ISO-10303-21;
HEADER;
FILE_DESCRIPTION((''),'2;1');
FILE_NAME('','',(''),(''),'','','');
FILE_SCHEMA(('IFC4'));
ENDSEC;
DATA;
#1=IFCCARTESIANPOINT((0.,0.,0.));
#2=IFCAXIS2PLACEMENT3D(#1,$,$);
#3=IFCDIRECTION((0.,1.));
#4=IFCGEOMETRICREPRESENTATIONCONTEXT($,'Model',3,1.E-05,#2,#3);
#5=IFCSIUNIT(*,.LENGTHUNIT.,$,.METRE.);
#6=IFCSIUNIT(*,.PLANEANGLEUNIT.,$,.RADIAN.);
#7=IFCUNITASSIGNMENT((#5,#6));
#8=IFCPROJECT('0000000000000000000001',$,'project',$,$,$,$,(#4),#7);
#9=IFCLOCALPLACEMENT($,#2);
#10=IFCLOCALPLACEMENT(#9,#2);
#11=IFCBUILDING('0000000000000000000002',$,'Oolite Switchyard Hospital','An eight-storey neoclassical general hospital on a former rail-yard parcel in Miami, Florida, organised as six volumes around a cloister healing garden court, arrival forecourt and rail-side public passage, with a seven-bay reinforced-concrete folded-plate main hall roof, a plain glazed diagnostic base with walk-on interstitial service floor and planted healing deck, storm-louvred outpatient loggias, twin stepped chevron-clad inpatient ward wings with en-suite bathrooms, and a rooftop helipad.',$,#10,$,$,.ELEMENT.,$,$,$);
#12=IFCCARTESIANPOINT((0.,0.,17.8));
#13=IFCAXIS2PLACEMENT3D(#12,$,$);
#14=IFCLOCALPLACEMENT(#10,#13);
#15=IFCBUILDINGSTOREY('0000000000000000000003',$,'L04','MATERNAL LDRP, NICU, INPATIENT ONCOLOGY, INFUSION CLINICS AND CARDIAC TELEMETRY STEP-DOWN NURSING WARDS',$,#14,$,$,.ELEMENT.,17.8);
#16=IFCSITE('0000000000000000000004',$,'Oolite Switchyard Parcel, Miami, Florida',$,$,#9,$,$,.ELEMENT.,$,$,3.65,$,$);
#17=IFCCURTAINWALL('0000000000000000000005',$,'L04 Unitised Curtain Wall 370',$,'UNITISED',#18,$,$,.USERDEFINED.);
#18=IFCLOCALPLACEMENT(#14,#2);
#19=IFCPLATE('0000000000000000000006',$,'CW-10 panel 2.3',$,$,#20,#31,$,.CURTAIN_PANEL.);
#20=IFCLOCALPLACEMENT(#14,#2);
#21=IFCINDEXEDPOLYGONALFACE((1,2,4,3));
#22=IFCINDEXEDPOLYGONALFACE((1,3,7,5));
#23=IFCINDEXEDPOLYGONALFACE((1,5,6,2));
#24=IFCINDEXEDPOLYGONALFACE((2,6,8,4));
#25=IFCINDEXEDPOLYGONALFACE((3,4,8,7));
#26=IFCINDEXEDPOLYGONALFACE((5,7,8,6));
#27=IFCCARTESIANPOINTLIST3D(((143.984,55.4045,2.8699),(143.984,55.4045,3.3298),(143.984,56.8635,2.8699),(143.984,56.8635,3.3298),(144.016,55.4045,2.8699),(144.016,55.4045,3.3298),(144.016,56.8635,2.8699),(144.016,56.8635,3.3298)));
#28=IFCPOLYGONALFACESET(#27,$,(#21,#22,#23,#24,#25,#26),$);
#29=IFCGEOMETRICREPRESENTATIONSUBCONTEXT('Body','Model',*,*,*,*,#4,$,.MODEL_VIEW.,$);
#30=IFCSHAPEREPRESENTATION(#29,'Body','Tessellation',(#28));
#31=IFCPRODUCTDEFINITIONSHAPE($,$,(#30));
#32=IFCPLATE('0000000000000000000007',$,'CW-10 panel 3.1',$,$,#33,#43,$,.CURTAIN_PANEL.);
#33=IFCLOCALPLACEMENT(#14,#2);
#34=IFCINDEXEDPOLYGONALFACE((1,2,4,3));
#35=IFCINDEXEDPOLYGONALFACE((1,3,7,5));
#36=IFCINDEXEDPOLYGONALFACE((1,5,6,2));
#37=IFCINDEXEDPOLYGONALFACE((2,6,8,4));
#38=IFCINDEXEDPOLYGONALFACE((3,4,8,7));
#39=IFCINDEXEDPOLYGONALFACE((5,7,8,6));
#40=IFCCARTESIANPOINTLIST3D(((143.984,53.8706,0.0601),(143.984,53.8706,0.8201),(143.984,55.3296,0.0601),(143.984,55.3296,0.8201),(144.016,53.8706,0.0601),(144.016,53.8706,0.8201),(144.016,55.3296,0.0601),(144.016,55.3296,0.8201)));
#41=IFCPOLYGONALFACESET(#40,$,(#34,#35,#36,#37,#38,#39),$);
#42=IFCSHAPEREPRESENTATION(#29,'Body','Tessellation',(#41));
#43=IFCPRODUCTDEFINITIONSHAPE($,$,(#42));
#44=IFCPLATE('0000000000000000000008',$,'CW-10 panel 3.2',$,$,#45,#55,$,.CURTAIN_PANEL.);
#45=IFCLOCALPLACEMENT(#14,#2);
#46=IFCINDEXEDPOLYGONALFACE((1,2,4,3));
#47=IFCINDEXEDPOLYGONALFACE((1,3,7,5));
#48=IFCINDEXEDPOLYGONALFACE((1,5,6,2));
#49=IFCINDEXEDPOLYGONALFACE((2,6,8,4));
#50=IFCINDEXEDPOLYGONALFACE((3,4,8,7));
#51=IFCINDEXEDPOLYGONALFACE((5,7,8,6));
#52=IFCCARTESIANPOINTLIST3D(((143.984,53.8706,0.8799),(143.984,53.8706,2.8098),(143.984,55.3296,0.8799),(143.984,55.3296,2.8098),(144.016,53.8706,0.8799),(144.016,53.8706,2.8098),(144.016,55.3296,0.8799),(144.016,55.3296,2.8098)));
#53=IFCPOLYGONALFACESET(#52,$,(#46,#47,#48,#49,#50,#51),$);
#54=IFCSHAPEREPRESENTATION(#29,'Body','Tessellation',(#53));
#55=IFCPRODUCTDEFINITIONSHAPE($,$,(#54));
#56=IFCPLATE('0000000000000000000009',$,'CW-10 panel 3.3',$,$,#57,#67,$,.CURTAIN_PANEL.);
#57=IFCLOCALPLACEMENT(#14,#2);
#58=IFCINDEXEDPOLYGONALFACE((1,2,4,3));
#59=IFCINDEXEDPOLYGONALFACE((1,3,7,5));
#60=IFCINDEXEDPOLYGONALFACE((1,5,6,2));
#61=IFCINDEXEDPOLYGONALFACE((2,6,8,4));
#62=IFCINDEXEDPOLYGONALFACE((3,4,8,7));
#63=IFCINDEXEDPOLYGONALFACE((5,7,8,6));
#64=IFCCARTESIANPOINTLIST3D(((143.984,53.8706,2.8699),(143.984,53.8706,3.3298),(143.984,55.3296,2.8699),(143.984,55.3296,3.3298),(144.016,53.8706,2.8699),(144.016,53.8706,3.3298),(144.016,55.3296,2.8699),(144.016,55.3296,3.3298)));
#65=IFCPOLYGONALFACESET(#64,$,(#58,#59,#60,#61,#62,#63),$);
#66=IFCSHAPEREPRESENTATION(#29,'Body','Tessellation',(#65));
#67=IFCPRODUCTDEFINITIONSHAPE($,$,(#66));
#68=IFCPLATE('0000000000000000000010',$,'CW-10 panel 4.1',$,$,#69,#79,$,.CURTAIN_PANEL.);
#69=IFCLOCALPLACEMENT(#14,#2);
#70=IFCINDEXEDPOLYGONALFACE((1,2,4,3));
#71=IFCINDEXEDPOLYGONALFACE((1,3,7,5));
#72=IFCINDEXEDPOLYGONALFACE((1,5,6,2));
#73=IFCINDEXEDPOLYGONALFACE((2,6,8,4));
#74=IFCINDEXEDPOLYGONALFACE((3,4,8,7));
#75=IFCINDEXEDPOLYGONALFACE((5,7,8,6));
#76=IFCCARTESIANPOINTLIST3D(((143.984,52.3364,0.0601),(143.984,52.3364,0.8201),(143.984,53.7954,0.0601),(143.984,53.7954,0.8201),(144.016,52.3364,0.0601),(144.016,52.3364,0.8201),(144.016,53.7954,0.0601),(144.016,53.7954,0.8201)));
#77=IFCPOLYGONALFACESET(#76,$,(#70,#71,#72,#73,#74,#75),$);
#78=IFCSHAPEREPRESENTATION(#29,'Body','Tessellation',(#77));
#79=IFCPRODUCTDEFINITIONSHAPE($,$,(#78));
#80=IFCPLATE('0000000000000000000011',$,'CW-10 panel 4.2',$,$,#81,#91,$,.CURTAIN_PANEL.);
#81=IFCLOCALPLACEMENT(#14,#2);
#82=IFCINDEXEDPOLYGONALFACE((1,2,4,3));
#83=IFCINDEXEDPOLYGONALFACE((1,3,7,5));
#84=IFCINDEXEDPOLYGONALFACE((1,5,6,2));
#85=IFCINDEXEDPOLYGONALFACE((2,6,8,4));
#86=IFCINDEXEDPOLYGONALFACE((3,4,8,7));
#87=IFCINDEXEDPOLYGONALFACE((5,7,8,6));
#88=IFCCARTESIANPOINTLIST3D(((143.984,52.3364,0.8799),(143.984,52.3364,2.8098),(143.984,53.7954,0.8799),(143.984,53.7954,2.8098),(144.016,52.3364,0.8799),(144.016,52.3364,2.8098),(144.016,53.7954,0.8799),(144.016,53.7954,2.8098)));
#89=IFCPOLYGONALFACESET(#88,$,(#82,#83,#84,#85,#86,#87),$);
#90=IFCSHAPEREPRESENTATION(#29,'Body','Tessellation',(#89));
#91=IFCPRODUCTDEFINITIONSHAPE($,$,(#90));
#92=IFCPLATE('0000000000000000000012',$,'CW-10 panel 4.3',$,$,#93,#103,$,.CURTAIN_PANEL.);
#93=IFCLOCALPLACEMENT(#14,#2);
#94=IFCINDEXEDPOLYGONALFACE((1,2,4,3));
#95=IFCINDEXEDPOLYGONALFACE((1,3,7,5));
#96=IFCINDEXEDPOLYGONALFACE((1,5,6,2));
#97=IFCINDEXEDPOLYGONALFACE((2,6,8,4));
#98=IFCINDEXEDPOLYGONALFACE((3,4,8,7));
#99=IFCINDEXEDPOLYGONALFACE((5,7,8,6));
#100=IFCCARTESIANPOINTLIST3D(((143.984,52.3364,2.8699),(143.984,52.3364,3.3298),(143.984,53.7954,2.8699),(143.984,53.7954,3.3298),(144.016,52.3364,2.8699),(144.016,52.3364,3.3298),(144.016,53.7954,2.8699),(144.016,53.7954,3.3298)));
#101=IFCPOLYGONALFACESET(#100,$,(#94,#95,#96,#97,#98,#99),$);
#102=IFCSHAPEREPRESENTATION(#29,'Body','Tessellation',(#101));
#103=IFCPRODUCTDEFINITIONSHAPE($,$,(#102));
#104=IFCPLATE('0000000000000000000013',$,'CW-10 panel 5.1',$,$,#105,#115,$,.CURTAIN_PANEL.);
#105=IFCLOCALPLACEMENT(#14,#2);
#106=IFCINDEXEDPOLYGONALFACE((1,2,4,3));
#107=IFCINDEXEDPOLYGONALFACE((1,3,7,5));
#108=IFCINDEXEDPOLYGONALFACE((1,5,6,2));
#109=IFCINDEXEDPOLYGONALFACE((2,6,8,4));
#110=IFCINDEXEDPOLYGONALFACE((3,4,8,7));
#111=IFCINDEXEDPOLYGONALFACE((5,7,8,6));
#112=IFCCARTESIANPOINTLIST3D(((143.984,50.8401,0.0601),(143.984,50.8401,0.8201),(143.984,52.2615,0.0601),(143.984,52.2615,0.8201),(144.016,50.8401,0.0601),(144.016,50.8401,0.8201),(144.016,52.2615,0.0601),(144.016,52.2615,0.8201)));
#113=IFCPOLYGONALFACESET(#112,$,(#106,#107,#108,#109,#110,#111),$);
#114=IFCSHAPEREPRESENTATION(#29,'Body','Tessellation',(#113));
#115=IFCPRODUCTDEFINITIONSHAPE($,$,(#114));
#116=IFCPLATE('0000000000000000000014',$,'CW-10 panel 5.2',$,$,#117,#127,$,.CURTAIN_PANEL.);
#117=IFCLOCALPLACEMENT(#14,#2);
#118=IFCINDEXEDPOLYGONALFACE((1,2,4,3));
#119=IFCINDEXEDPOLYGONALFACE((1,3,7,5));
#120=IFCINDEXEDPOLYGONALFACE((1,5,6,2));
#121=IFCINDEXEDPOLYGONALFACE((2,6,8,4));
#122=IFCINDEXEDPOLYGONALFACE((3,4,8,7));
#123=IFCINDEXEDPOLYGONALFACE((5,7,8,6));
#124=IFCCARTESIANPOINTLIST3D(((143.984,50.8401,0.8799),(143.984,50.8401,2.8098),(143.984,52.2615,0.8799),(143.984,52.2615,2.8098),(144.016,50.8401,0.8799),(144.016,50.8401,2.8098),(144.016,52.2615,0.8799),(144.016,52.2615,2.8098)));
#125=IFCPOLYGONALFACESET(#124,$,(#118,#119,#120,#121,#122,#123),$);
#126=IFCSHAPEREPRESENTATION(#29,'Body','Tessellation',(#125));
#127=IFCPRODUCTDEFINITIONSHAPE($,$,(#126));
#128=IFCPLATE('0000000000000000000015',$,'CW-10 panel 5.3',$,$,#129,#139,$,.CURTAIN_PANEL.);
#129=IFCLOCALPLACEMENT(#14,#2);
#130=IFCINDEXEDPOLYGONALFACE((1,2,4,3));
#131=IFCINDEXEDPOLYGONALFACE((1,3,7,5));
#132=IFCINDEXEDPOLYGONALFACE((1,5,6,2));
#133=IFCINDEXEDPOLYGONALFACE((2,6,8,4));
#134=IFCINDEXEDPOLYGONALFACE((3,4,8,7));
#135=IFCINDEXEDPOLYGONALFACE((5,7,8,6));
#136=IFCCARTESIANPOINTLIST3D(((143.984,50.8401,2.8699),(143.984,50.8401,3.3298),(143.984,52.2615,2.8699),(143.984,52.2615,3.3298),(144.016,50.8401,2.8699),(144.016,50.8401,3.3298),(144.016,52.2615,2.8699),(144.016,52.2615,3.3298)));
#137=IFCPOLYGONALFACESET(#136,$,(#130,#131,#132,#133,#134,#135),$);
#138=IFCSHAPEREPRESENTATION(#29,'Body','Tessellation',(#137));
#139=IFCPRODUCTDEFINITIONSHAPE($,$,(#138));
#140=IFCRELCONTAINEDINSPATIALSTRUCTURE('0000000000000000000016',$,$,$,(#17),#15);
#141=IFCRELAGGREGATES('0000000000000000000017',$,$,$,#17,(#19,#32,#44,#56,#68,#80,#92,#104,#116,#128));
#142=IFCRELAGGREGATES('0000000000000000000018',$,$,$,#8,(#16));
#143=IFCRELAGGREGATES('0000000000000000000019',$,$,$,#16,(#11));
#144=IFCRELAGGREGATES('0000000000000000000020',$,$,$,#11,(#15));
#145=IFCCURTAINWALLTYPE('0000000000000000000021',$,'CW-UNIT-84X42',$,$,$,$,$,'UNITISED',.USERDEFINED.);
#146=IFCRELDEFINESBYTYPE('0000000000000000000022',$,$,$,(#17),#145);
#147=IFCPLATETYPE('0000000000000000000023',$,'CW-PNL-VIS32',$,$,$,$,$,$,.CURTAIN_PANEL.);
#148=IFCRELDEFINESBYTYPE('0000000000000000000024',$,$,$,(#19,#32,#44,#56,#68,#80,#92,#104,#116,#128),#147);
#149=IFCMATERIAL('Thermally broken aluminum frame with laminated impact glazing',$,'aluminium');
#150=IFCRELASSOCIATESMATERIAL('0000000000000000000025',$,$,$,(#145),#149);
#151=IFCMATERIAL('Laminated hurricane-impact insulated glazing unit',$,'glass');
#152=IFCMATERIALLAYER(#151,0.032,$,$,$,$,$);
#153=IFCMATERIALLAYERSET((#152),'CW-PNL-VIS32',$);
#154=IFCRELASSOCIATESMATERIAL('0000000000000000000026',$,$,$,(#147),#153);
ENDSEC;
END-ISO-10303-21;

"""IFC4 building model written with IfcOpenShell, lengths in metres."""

from ifc_helpers import new_model, si_unit, direction, frame, origin, origin_2d, place, context, subcontext, project, spatial, rectangle, extrude, material, layer, layer_set, type_object, element, aggregate, save


model = new_model("IFC4")

# Units and contexts
model_context = context("Model", 3, precision=1e-05, world=origin(), true_north=direction((0.0, 1.0)))
body_context = subcontext(model_context, "Body", "Model", "MODEL_VIEW")
ifc_project = project(units=[si_unit("LENGTHUNIT", "METRE"), si_unit("PLANEANGLEUNIT", "RADIAN")], contexts=[model_context])

# Site, building, storey
site_placement = place(None, origin())
site = spatial("IfcSite", under=ifc_project, at=site_placement, Name="Oolite Switchyard Parcel, Miami, Florida", CompositionType="ELEMENT", RefElevation=3.65)
building_placement = place(site_placement, origin())
building = spatial("IfcBuilding", under=site, at=building_placement, Name="Oolite Switchyard Hospital", Description="An eight-storey neoclassical general hospital on a former rail-yard parcel in Miami, Florida, organised as six volumes around a cloister healing garden court, arrival forecourt and rail-side public passage, with a seven-bay reinforced-concrete folded-plate main hall roof, a plain glazed diagnostic base with walk-on interstitial service floor and planted healing deck, storm-louvred outpatient loggias, twin stepped chevron-clad inpatient ward wings with en-suite bathrooms, and a rooftop helipad.", CompositionType="ELEMENT")
storey_placement = place(building_placement, frame((0.0, 0.0, 17.8)))
storey = spatial("IfcBuildingStorey", under=building, at=storey_placement, Name="L04", Description="MATERNAL LDRP, NICU, INPATIENT ONCOLOGY, INFUSION CLINICS AND CARDIAC TELEMETRY STEP-DOWN NURSING WARDS", CompositionType="ELEMENT", Elevation=17.8)

# Curtain wall, plates
ifc_material_1 = material(Name="Thermally broken aluminum frame with laminated impact glazing", Category="aluminium")
curtain_wall_type = type_object("IfcCurtainWallType", Name="CW-UNIT-84X42", ElementType="UNITISED", PredefinedType="USERDEFINED", material=ifc_material_1)
curtain_wall_placement = place(storey_placement, origin())
curtain_wall = element("IfcCurtainWall", 1, at=curtain_wall_placement, inside=storey, type_object=curtain_wall_type, Name="L04 Unitised Curtain Wall 370", ObjectType="UNITISED", PredefinedType="USERDEFINED")
ifc_material_2 = material(Name="Laminated hurricane-impact insulated glazing unit", Category="glass")
ifc_layer = layer(ifc_material_2, 0.032)
ifc_layer_set = layer_set([ifc_layer], Name="CW-PNL-VIS32")
plate_type = type_object("IfcPlateType", Name="CW-PNL-VIS32", PredefinedType="CURTAIN_PANEL", material=ifc_layer_set)
plate_1_placement = place(storey_placement, frame((144.0, 56.134, 2.8699), z_axis=(0.0, 0.0, 1.0), x_axis=(0.0, -1.0, 0.0)))
plate_1 = element("IfcPlate", 2, at=plate_1_placement, type_object=plate_type, Name="CW-10 panel 2.3", PredefinedType="CURTAIN_PANEL", context=body_context, shape_type="SweptSolid", body=[
    extrude(rectangle(XDim=1.459, YDim=0.032, at=origin_2d()), origin(), (0.0, 0.0, 1.0), 0.46),
])
plate_2_placement = place(storey_placement, frame((144.0, 54.6001, 0.0601), z_axis=(0.0, 0.0, 1.0), x_axis=(0.0, -1.0, 0.0)))
plate_2 = element("IfcPlate", 3, at=plate_2_placement, type_object=plate_type, Name="CW-10 panel 3.1", PredefinedType="CURTAIN_PANEL", context=body_context, shape_type="SweptSolid", body=[
    extrude(rectangle(XDim=1.459, YDim=0.032, at=origin_2d()), origin(), (0.0, 0.0, 1.0), 0.76),
])
plate_3_placement = place(storey_placement, frame((144.0, 54.6001, 0.8799), z_axis=(0.0, 0.0, 1.0), x_axis=(0.0, -1.0, 0.0)))
plate_3 = element("IfcPlate", 4, at=plate_3_placement, type_object=plate_type, Name="CW-10 panel 3.2", PredefinedType="CURTAIN_PANEL", context=body_context, shape_type="SweptSolid", body=[
    extrude(rectangle(XDim=1.459, YDim=0.032, at=origin_2d()), origin(), (0.0, 0.0, 1.0), 1.9299),
])
plate_4_placement = place(storey_placement, frame((144.0, 54.6001, 2.8699), z_axis=(0.0, 0.0, 1.0), x_axis=(0.0, -1.0, 0.0)))
plate_4 = element("IfcPlate", 5, at=plate_4_placement, type_object=plate_type, Name="CW-10 panel 3.3", PredefinedType="CURTAIN_PANEL", context=body_context, shape_type="SweptSolid", body=[
    extrude(rectangle(XDim=1.459, YDim=0.032, at=origin_2d()), origin(), (0.0, 0.0, 1.0), 0.46),
])
plate_5_placement = place(storey_placement, frame((144.0, 53.0659, 0.0601), z_axis=(0.0, 0.0, 1.0), x_axis=(0.0, -1.0, 0.0)))
plate_5 = element("IfcPlate", 6, at=plate_5_placement, type_object=plate_type, Name="CW-10 panel 4.1", PredefinedType="CURTAIN_PANEL", context=body_context, shape_type="SweptSolid", body=[
    extrude(rectangle(XDim=1.459, YDim=0.032, at=origin_2d()), origin(), (0.0, 0.0, 1.0), 0.76),
])
plate_6_placement = place(storey_placement, frame((144.0, 53.0659, 0.8799), z_axis=(0.0, 0.0, 1.0), x_axis=(0.0, -1.0, 0.0)))
plate_6 = element("IfcPlate", 7, at=plate_6_placement, type_object=plate_type, Name="CW-10 panel 4.2", PredefinedType="CURTAIN_PANEL", context=body_context, shape_type="SweptSolid", body=[
    extrude(rectangle(XDim=1.459, YDim=0.032, at=origin_2d()), origin(), (0.0, 0.0, 1.0), 1.9299),
])
plate_7_placement = place(storey_placement, frame((144.0, 53.0659, 2.8699), z_axis=(0.0, 0.0, 1.0), x_axis=(0.0, -1.0, 0.0)))
plate_7 = element("IfcPlate", 8, at=plate_7_placement, type_object=plate_type, Name="CW-10 panel 4.3", PredefinedType="CURTAIN_PANEL", context=body_context, shape_type="SweptSolid", body=[
    extrude(rectangle(XDim=1.459, YDim=0.032, at=origin_2d()), origin(), (0.0, 0.0, 1.0), 0.46),
])
plate_8_placement = place(storey_placement, frame((144.0, 51.5508, 0.0601), z_axis=(0.0, 0.0, 1.0), x_axis=(0.0, -1.0, 0.0)))
plate_8 = element("IfcPlate", 9, at=plate_8_placement, type_object=plate_type, Name="CW-10 panel 5.1", PredefinedType="CURTAIN_PANEL", context=body_context, shape_type="SweptSolid", body=[
    extrude(rectangle(XDim=1.4214, YDim=0.032, at=origin_2d()), origin(), (0.0, 0.0, 1.0), 0.76),
])
plate_9_placement = place(storey_placement, frame((144.0, 51.5508, 0.8799), z_axis=(0.0, 0.0, 1.0), x_axis=(0.0, -1.0, 0.0)))
plate_9 = element("IfcPlate", 10, at=plate_9_placement, type_object=plate_type, Name="CW-10 panel 5.2", PredefinedType="CURTAIN_PANEL", context=body_context, shape_type="SweptSolid", body=[
    extrude(rectangle(XDim=1.4214, YDim=0.032, at=origin_2d()), origin(), (0.0, 0.0, 1.0), 1.9299),
])
plate_10_placement = place(storey_placement, frame((144.0, 51.5508, 2.8699), z_axis=(0.0, 0.0, 1.0), x_axis=(0.0, -1.0, 0.0)))
plate_10 = element("IfcPlate", 11, at=plate_10_placement, type_object=plate_type, Name="CW-10 panel 5.3", PredefinedType="CURTAIN_PANEL", context=body_context, shape_type="SweptSolid", body=[
    extrude(rectangle(XDim=1.4214, YDim=0.032, at=origin_2d()), origin(), (0.0, 0.0, 1.0), 0.46),
])
aggregate(curtain_wall, [plate_1, plate_2, plate_3, plate_4, plate_5, plate_6, plate_7, plate_8, plate_9, plate_10])

save(model, "model.ifc")
